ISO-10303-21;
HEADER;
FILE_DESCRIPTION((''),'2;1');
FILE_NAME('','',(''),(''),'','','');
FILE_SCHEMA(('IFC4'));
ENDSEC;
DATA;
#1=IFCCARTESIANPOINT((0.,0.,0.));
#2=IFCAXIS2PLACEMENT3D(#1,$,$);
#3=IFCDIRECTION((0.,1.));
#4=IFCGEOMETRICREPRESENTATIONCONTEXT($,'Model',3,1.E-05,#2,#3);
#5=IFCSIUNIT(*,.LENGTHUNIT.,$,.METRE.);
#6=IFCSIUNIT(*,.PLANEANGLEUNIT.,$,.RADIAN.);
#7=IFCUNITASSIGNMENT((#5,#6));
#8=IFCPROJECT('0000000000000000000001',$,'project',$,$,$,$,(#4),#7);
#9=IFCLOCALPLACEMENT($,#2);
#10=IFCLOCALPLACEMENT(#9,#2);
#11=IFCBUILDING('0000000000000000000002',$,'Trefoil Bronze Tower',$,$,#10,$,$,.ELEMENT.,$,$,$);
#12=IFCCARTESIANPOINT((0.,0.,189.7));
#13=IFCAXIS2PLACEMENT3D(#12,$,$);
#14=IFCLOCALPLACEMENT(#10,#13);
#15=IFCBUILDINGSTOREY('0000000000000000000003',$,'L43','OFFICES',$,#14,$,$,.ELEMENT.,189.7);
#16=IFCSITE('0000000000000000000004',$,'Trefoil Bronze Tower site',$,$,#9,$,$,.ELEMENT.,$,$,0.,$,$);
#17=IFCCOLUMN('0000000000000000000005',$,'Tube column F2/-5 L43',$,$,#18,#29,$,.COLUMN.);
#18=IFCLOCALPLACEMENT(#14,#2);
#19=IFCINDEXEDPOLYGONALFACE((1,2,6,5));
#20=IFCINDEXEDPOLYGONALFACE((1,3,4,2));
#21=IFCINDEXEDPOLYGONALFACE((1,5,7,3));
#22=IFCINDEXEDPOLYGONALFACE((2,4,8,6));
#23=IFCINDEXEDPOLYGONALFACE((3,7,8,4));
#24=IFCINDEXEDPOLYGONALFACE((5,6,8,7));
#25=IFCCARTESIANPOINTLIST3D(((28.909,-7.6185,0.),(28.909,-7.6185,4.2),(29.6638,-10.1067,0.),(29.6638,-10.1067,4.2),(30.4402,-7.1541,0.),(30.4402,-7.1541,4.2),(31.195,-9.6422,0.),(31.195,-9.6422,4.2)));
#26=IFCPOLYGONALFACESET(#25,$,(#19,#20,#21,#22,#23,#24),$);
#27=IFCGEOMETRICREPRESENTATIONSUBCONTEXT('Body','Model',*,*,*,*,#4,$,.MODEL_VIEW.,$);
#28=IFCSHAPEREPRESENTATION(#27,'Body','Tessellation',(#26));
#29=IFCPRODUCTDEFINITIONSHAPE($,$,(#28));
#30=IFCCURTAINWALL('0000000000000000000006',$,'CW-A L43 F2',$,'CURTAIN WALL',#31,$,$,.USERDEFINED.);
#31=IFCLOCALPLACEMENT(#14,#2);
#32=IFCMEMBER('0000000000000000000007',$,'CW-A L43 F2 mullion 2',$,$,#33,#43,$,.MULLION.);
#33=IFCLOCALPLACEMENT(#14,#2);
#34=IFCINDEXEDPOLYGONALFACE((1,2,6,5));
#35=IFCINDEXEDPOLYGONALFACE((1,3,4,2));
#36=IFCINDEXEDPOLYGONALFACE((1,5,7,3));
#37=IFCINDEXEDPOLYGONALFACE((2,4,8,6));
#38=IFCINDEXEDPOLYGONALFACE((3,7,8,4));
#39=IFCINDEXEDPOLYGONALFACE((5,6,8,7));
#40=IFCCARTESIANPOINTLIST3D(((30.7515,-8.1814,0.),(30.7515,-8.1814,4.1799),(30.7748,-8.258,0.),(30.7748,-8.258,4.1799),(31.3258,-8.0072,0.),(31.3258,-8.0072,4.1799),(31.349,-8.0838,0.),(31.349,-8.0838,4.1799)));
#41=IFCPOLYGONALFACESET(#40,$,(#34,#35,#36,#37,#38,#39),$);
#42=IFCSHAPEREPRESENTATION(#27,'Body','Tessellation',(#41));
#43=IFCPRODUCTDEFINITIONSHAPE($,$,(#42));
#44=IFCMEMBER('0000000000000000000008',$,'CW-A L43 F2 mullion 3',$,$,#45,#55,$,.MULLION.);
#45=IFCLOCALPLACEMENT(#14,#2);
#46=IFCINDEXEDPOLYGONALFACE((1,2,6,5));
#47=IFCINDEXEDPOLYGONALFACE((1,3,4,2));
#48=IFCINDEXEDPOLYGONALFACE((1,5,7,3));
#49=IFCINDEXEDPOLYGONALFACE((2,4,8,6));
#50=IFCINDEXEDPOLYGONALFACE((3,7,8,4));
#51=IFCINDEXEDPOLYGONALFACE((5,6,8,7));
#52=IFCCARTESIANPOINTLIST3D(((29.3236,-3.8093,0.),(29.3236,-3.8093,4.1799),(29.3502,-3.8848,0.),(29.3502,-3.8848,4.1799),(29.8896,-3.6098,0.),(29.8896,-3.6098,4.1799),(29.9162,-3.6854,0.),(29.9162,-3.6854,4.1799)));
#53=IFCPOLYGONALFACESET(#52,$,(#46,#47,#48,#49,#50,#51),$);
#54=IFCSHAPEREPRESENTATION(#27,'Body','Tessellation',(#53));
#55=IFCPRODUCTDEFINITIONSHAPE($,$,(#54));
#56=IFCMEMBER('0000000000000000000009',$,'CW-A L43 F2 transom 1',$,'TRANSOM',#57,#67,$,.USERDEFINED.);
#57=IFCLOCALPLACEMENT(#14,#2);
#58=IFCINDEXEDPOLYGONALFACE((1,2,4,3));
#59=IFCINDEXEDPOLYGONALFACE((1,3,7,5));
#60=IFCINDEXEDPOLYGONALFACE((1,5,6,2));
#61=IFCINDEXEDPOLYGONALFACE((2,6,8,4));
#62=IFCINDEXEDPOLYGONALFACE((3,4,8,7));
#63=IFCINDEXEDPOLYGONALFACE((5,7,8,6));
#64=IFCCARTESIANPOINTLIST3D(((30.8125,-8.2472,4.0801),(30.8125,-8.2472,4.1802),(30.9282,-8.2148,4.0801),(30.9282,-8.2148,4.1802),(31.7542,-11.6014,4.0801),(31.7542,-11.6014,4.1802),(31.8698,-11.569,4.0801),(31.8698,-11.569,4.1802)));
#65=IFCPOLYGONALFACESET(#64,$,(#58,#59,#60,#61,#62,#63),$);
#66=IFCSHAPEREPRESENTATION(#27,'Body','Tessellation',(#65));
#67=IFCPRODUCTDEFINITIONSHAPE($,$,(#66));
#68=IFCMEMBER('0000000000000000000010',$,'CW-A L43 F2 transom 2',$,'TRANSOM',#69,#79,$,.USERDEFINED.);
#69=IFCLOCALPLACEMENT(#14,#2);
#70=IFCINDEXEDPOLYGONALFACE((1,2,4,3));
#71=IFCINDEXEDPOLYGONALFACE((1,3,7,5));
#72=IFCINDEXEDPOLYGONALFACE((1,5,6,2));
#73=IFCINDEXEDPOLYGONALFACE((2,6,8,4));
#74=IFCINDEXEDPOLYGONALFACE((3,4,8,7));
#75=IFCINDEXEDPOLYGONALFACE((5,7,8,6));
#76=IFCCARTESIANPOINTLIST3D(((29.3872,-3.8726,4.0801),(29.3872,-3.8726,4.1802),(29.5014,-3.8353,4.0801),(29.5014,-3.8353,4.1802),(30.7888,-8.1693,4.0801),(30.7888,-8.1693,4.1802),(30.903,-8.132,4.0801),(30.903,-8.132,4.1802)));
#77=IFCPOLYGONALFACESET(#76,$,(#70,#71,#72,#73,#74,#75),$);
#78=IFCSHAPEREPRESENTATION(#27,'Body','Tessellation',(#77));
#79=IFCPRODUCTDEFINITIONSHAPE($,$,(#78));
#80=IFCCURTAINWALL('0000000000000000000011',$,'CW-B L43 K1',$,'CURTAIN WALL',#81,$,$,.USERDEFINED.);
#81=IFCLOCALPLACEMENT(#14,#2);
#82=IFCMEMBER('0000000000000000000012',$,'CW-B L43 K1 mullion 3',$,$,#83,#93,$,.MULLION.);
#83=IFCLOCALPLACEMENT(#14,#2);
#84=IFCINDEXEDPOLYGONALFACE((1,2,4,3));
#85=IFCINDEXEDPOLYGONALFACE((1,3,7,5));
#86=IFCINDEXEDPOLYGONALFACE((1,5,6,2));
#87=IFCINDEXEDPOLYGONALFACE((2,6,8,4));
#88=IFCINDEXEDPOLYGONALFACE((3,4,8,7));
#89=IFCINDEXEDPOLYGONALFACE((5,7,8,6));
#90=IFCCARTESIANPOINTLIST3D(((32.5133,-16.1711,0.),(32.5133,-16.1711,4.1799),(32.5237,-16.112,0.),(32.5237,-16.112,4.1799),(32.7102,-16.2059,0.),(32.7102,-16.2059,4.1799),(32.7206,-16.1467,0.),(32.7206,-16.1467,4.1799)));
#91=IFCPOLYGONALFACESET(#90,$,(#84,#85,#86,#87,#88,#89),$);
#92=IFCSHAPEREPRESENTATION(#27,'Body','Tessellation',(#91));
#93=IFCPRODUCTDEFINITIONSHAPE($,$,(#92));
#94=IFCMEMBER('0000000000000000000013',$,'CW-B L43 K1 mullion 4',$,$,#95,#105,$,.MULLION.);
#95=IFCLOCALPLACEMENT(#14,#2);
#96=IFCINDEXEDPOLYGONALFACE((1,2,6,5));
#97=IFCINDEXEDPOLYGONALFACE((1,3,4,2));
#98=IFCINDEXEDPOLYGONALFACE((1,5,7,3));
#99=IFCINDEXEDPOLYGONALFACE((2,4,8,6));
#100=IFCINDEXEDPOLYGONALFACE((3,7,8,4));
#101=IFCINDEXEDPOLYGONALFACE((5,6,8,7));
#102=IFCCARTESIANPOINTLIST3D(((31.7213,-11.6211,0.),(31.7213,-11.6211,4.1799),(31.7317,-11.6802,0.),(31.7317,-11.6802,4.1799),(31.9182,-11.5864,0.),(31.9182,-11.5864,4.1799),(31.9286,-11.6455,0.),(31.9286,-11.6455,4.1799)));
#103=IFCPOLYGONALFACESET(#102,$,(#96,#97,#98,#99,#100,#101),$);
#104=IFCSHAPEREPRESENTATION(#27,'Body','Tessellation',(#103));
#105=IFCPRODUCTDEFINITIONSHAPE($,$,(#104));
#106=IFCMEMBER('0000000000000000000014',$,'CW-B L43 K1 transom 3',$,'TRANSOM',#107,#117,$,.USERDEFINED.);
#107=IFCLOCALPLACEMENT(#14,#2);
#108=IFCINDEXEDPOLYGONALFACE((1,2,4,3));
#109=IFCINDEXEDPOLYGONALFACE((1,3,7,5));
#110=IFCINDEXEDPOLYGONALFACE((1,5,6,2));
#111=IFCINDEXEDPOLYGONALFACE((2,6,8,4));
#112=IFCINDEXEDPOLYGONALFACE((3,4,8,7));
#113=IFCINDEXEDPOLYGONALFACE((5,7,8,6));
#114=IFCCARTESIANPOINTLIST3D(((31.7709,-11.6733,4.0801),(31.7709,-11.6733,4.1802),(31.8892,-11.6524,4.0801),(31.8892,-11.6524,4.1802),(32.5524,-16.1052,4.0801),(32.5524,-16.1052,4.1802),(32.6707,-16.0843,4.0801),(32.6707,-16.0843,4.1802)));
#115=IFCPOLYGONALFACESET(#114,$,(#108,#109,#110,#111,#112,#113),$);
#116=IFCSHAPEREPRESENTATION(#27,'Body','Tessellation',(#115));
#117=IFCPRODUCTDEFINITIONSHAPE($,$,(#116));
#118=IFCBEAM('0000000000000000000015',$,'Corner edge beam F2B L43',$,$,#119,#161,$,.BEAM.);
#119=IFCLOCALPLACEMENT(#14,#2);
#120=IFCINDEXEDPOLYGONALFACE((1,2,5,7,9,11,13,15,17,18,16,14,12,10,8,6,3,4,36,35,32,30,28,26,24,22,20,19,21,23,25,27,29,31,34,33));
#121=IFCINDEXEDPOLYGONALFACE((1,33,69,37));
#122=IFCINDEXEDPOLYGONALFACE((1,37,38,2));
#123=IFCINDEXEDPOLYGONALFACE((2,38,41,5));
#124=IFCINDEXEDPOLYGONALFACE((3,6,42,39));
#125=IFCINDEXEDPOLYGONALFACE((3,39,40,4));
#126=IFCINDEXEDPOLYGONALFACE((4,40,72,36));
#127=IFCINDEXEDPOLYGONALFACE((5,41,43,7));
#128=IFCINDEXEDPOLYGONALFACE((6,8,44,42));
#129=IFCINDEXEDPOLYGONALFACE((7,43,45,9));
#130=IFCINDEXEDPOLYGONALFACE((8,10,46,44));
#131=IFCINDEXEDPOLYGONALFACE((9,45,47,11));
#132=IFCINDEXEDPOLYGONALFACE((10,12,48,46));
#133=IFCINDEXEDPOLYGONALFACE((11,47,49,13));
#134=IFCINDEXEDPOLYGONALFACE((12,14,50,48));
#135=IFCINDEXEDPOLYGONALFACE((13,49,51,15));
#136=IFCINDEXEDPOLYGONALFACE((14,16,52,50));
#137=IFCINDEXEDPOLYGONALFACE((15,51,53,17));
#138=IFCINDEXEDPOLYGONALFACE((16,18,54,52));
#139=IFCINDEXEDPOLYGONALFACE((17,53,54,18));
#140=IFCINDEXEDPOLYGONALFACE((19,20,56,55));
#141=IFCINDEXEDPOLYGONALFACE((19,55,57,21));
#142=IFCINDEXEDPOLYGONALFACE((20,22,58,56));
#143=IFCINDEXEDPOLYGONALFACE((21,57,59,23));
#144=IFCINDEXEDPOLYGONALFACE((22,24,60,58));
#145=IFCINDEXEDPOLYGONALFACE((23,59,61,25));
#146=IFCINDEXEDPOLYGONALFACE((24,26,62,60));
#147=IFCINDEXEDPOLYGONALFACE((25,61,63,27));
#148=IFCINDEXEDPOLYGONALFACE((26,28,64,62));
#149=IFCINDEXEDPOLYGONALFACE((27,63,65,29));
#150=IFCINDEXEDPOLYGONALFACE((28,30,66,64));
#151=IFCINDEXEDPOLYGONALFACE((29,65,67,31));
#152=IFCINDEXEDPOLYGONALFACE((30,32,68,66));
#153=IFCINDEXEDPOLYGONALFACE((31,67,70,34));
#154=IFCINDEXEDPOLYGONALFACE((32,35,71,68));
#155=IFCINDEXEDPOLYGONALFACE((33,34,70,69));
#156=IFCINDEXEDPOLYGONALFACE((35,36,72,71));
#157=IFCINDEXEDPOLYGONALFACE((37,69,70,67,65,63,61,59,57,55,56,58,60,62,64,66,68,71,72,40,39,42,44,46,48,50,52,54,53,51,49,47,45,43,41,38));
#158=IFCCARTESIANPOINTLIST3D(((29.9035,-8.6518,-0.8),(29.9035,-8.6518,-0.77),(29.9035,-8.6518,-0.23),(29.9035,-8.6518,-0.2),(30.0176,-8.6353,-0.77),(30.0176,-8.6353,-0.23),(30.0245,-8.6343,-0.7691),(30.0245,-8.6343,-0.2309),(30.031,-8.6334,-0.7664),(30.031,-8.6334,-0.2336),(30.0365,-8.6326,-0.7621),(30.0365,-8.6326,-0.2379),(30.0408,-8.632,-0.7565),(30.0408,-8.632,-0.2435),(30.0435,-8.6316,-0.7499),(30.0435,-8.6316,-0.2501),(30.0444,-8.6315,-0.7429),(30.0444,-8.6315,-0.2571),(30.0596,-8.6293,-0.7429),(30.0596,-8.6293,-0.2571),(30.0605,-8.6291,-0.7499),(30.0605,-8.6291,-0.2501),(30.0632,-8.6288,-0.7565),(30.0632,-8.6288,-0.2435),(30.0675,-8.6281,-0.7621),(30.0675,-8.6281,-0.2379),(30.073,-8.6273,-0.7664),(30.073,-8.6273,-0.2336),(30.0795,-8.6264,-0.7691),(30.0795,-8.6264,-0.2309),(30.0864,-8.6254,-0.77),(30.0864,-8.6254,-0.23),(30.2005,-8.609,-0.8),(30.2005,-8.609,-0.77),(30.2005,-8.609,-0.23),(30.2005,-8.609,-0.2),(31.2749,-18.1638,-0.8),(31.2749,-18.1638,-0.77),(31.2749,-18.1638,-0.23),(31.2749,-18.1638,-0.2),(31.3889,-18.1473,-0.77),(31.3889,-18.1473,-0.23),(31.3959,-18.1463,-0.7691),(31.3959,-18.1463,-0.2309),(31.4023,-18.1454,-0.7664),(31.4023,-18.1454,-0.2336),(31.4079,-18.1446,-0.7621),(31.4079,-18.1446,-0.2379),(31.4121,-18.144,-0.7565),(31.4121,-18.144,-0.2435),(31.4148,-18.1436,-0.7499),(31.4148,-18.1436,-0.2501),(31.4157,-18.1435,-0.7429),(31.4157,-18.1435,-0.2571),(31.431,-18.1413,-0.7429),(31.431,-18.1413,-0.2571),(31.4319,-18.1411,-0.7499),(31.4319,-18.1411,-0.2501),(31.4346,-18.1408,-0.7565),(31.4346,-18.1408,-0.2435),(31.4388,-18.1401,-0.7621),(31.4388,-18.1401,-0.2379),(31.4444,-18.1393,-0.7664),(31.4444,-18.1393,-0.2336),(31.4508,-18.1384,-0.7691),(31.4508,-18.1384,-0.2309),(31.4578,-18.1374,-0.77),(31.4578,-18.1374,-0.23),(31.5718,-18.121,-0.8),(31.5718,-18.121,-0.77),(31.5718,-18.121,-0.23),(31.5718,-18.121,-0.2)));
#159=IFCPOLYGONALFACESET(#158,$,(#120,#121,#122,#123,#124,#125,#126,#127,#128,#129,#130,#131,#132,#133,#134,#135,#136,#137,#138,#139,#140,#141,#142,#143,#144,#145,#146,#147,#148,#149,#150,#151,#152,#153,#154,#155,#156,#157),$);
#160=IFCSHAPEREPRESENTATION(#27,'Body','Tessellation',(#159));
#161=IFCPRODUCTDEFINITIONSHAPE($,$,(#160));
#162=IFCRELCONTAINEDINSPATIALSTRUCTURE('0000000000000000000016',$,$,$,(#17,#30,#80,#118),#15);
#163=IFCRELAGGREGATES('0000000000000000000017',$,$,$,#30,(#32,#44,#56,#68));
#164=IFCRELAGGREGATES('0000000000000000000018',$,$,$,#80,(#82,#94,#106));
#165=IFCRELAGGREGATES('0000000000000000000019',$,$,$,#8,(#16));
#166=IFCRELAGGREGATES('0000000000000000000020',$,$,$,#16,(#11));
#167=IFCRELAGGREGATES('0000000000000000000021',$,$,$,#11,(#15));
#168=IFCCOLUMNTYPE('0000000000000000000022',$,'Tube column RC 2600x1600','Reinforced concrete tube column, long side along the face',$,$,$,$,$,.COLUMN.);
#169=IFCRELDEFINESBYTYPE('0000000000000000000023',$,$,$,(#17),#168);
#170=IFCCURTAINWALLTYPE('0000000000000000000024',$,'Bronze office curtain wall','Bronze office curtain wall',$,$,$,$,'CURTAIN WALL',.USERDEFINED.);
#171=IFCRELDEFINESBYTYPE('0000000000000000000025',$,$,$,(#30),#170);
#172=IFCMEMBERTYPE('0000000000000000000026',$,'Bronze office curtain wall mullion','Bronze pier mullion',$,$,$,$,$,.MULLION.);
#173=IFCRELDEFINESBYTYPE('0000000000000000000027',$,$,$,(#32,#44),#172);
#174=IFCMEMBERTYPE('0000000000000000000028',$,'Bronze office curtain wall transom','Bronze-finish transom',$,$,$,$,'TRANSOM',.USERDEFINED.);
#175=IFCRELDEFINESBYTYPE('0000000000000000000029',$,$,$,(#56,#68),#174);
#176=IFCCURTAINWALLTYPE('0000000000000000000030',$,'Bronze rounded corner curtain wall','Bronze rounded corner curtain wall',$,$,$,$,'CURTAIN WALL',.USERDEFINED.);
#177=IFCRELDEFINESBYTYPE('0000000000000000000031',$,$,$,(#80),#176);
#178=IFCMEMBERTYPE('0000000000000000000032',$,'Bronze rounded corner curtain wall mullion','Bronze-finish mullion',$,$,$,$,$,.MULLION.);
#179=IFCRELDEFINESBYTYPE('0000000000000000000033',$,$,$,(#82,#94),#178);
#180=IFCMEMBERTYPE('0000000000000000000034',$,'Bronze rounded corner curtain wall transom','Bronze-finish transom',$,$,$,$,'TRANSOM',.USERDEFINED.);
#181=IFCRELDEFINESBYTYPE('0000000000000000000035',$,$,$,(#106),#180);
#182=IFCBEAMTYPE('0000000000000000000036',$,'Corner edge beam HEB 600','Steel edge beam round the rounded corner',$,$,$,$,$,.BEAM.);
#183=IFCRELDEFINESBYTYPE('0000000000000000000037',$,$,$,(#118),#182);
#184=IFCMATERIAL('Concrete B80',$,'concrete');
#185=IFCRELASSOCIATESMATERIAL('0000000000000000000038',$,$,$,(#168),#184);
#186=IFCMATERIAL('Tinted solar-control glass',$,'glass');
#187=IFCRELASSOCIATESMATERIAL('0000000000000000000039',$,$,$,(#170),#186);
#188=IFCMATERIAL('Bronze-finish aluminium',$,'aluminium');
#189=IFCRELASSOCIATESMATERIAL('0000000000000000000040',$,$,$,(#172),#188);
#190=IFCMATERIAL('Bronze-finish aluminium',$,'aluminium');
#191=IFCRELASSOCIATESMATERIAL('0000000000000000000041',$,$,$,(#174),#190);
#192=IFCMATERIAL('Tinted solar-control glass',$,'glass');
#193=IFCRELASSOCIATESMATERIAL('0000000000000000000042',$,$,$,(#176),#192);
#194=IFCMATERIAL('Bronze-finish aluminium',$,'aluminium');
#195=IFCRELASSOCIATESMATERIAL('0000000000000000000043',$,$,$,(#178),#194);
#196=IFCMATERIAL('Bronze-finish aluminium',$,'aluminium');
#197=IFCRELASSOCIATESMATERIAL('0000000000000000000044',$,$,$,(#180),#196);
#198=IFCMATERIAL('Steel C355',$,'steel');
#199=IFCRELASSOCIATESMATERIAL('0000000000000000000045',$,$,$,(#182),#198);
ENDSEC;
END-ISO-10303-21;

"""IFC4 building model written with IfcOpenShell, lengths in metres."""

from ifc_helpers import new_model, si_unit, direction, frame, origin, origin_2d, place, context, subcontext, project, spatial, rectangle, i_section, extrude, material, material_profile, profile_set, type_object, element, aggregate, save


model = new_model("IFC4")

# Units and contexts
model_context = context("Model", 3, precision=1e-05, world=origin(), true_north=direction((0.0, 1.0)))
body_context = subcontext(model_context, "Body", "Model", "MODEL_VIEW")
ifc_project = project(units=[si_unit("LENGTHUNIT", "METRE"), si_unit("PLANEANGLEUNIT", "RADIAN")], contexts=[model_context])

# Site, building, storey
site_placement = place(None, origin())
site = spatial("IfcSite", under=ifc_project, at=site_placement, Name="Trefoil Bronze Tower site", CompositionType="ELEMENT", RefElevation=0.0)
building_placement = place(site_placement, origin())
building = spatial("IfcBuilding", under=site, at=building_placement, Name="Trefoil Bronze Tower", CompositionType="ELEMENT")
storey_placement = place(building_placement, frame((0.0, 0.0, 189.7)))
storey = spatial("IfcBuildingStorey", under=building, at=storey_placement, Name="L43", Description="OFFICES", CompositionType="ELEMENT", Elevation=189.7)

# Column
ifc_material_1 = material(Name="Concrete B80", Category="concrete")
ifc_material_profile_1 = material_profile(ifc_material_1, rectangle(XDim=2.6001, YDim=1.6001, at=origin_2d()), Name="RC 2600x1600")
ifc_profile_set_1 = profile_set([ifc_material_profile_1], Name="Concrete B80")
column_type = type_object("IfcColumnType", Name="Tube column RC 2600x1600", Description="Reinforced concrete tube column, long side along the face", PredefinedType="COLUMN", material=ifc_profile_set_1)
column_placement = place(storey_placement, frame((30.052, -8.6304, 0.0), z_axis=(0.0, 0.0, 1.0), x_axis=(-0.290278, 0.956942, 0.0)))
element("IfcColumn", 1, at=column_placement, inside=storey, type_object=column_type, Name="Tube column F2/-5 L43", PredefinedType="COLUMN", context=body_context, shape_type="SweptSolid", body=[
    extrude(rectangle(XDim=2.6001, YDim=1.6001, at=origin_2d()), origin(), (0.0, 0.0, 1.0), 4.2),
])

# Curtain walls, members
ifc_material_2 = material(Name="Tinted solar-control glass", Category="glass")
curtain_wall_type_1 = type_object("IfcCurtainWallType", Name="Bronze office curtain wall", Description="Bronze office curtain wall", ElementType="CURTAIN WALL", PredefinedType="USERDEFINED", material=ifc_material_2)
curtain_wall_1_placement = place(storey_placement, origin())
curtain_wall_1 = element("IfcCurtainWall", 2, at=curtain_wall_1_placement, inside=storey, type_object=curtain_wall_type_1, Name="CW-A L43 F2", ObjectType="CURTAIN WALL", PredefinedType="USERDEFINED")
ifc_material_3 = material(Name="Bronze-finish aluminium", Category="aluminium")
ifc_material_profile_2 = material_profile(ifc_material_3, rectangle(XDim=0.6001, YDim=0.0801, at=origin_2d()), Name="CW-A mullion")
ifc_profile_set_2 = profile_set([ifc_material_profile_2], Name="Bronze-finish aluminium")
member_type_1 = type_object("IfcMemberType", Name="Bronze office curtain wall mullion", Description="Bronze pier mullion", PredefinedType="MULLION", material=ifc_profile_set_2)
member_1_placement = place(storey_placement, frame((31.0503, -8.1326, 0.0), z_axis=(0.0, 0.0, 1.0), x_axis=(-0.956942, -0.290278, 0.0)))
member_1 = element("IfcMember", 3, at=member_1_placement, type_object=member_type_1, Name="CW-A L43 F2 mullion 2", PredefinedType="MULLION", context=body_context, shape_type="SweptSolid", body=[
    extrude(rectangle(XDim=0.6001, YDim=0.0801, at=origin_2d()), origin(), (0.0, 0.0, 1.0), 4.1799),
])
member_2_placement = place(storey_placement, frame((29.6199, -3.7473, 0.0), z_axis=(0.0, 0.0, 1.0), x_axis=(-0.94318, -0.332282, 0.0)))
member_2 = element("IfcMember", 4, at=member_2_placement, type_object=member_type_1, Name="CW-A L43 F2 mullion 3", PredefinedType="MULLION", context=body_context, shape_type="SweptSolid", body=[
    extrude(rectangle(XDim=0.6001, YDim=0.0801, at=origin_2d()), origin(), (0.0, 0.0, 1.0), 4.1799),
])
ifc_material_4 = material(Name="Bronze-finish aluminium", Category="aluminium")
ifc_material_profile_3 = material_profile(ifc_material_4, rectangle(XDim=0.1201, YDim=0.1001, at=origin_2d()), Name="CW-A transom")
ifc_profile_set_3 = profile_set([ifc_material_profile_3], Name="Bronze-finish aluminium")
member_type_2 = type_object("IfcMemberType", Name="Bronze office curtain wall transom", Description="Bronze-finish transom", ElementType="TRANSOM", PredefinedType="USERDEFINED", material=ifc_profile_set_3)
member_3_placement = place(storey_placement, frame((31.812, -11.5852, 4.1301), z_axis=(-0.270285, 0.96278, 0.0), x_axis=(-0.96278, -0.270285, 0.0)))
member_3 = element("IfcMember", 5, at=member_3_placement, type_object=member_type_2, Name="CW-A L43 F2 transom 1", ObjectType="TRANSOM", PredefinedType="USERDEFINED", context=body_context, shape_type="SweptSolid", body=[
    extrude(rectangle(XDim=0.1201, YDim=0.1001, at=origin_2d()), origin(), (0.0, 0.0, 1.0), 3.4839),
])
member_4_placement = place(storey_placement, frame((30.8459, -8.1506, 4.1301), z_axis=(-0.310128, 0.950695, 0.0), x_axis=(-0.950695, -0.310128, 0.0)))
member_4 = element("IfcMember", 6, at=member_4_placement, type_object=member_type_2, Name="CW-A L43 F2 transom 2", ObjectType="TRANSOM", PredefinedType="USERDEFINED", context=body_context, shape_type="SweptSolid", body=[
    extrude(rectangle(XDim=0.1201, YDim=0.1001, at=origin_2d()), origin(), (0.0, 0.0, 1.0), 4.5195),
])
ifc_material_5 = material(Name="Tinted solar-control glass", Category="glass")
curtain_wall_type_2 = type_object("IfcCurtainWallType", Name="Bronze rounded corner curtain wall", Description="Bronze rounded corner curtain wall", ElementType="CURTAIN WALL", PredefinedType="USERDEFINED", material=ifc_material_5)
curtain_wall_2_placement = place(storey_placement, origin())
curtain_wall_2 = element("IfcCurtainWall", 7, at=curtain_wall_2_placement, inside=storey, type_object=curtain_wall_type_2, Name="CW-B L43 K1", ObjectType="CURTAIN WALL", PredefinedType="USERDEFINED")
ifc_material_6 = material(Name="Bronze-finish aluminium", Category="aluminium")
ifc_material_profile_4 = material_profile(ifc_material_6, rectangle(XDim=0.2, YDim=0.0601, at=origin_2d()), Name="CW-B mullion")
ifc_profile_set_4 = profile_set([ifc_material_profile_4], Name="Bronze-finish aluminium")
member_type_3 = type_object("IfcMemberType", Name="Bronze rounded corner curtain wall mullion", Description="Bronze-finish mullion", PredefinedType="MULLION", material=ifc_profile_set_4)
member_5_placement = place(storey_placement, frame((32.6169, -16.1589, 0.0), z_axis=(0.0, 0.0, 1.0), x_axis=(-0.984808, 0.173648, 0.0)))
member_5 = element("IfcMember", 8, at=member_5_placement, type_object=member_type_3, Name="CW-B L43 K1 mullion 3", PredefinedType="MULLION", context=body_context, shape_type="SweptSolid", body=[
    extrude(rectangle(XDim=0.2, YDim=0.0601, at=origin_2d()), origin(), (0.0, 0.0, 1.0), 4.1799),
])
member_6_placement = place(storey_placement, frame((31.825, -11.6333, 0.0), z_axis=(0.0, 0.0, 1.0), x_axis=(-0.984808, -0.173648, 0.0)))
member_6 = element("IfcMember", 9, at=member_6_placement, type_object=member_type_3, Name="CW-B L43 K1 mullion 4", PredefinedType="MULLION", context=body_context, shape_type="SweptSolid", body=[
    extrude(rectangle(XDim=0.2, YDim=0.0601, at=origin_2d()), origin(), (0.0, 0.0, 1.0), 4.1799),
])
ifc_material_7 = material(Name="Bronze-finish aluminium", Category="aluminium")
ifc_material_profile_5 = material_profile(ifc_material_7, rectangle(XDim=0.1201, YDim=0.1001, at=origin_2d()), Name="CW-B transom")
ifc_profile_set_5 = profile_set([ifc_material_profile_5], Name="Bronze-finish aluminium")
member_type_4 = type_object("IfcMemberType", Name="Bronze rounded corner curtain wall transom", Description="Bronze-finish transom", ElementType="TRANSOM", PredefinedType="USERDEFINED", material=ifc_profile_set_5)
member_7_placement = place(storey_placement, frame((32.6116, -16.0947, 4.1301), z_axis=(-0.173655, 0.984806, 0.0), x_axis=(-0.984806, -0.173655, 0.0)))
member_7 = element("IfcMember", 10, at=member_7_placement, type_object=member_type_4, Name="CW-B L43 K1 transom 3", ObjectType="TRANSOM", PredefinedType="USERDEFINED", context=body_context, shape_type="SweptSolid", body=[
    extrude(rectangle(XDim=0.1201, YDim=0.1001, at=origin_2d()), origin(), (0.0, 0.0, 1.0), 4.5002),
])

# Beam
ifc_material_8 = material(Name="Steel C355", Category="steel")
ifc_material_profile_6 = material_profile(ifc_material_8, i_section(OverallWidth=0.3, OverallDepth=0.6001, WebThickness=0.0154, FlangeThickness=0.03, FilletRadius=0.0271, at=origin_2d()), Name="HEB 600")
ifc_profile_set_6 = profile_set([ifc_material_profile_6], Name="Steel C355")
beam_type_1 = type_object("IfcBeamType", Name="Corner edge beam HEB 600", Description="Steel edge beam round the rounded corner", PredefinedType="BEAM", material=ifc_profile_set_6)
beam_1_placement = place(storey_placement, frame((30.052, -8.6304, -0.5), z_axis=(0.142694, -0.989767, 0.0), x_axis=(0.989767, 0.142694, 0.0)))
element("IfcBeam", 11, at=beam_1_placement, inside=storey, type_object=beam_type_1, Name="Corner edge beam F2B L43", PredefinedType="BEAM", context=body_context, shape_type="SweptSolid", body=[
    extrude(i_section(OverallWidth=0.3, OverallDepth=0.6001, WebThickness=0.0154, FlangeThickness=0.03, FilletRadius=0.0271, at=origin_2d()), origin(), (0.0, 0.0, 1.0), 9.6104),
])

aggregate(curtain_wall_1, [member_1, member_2, member_3, member_4])
aggregate(curtain_wall_2, [member_5, member_6, member_7])

save(model, "model.ifc")
